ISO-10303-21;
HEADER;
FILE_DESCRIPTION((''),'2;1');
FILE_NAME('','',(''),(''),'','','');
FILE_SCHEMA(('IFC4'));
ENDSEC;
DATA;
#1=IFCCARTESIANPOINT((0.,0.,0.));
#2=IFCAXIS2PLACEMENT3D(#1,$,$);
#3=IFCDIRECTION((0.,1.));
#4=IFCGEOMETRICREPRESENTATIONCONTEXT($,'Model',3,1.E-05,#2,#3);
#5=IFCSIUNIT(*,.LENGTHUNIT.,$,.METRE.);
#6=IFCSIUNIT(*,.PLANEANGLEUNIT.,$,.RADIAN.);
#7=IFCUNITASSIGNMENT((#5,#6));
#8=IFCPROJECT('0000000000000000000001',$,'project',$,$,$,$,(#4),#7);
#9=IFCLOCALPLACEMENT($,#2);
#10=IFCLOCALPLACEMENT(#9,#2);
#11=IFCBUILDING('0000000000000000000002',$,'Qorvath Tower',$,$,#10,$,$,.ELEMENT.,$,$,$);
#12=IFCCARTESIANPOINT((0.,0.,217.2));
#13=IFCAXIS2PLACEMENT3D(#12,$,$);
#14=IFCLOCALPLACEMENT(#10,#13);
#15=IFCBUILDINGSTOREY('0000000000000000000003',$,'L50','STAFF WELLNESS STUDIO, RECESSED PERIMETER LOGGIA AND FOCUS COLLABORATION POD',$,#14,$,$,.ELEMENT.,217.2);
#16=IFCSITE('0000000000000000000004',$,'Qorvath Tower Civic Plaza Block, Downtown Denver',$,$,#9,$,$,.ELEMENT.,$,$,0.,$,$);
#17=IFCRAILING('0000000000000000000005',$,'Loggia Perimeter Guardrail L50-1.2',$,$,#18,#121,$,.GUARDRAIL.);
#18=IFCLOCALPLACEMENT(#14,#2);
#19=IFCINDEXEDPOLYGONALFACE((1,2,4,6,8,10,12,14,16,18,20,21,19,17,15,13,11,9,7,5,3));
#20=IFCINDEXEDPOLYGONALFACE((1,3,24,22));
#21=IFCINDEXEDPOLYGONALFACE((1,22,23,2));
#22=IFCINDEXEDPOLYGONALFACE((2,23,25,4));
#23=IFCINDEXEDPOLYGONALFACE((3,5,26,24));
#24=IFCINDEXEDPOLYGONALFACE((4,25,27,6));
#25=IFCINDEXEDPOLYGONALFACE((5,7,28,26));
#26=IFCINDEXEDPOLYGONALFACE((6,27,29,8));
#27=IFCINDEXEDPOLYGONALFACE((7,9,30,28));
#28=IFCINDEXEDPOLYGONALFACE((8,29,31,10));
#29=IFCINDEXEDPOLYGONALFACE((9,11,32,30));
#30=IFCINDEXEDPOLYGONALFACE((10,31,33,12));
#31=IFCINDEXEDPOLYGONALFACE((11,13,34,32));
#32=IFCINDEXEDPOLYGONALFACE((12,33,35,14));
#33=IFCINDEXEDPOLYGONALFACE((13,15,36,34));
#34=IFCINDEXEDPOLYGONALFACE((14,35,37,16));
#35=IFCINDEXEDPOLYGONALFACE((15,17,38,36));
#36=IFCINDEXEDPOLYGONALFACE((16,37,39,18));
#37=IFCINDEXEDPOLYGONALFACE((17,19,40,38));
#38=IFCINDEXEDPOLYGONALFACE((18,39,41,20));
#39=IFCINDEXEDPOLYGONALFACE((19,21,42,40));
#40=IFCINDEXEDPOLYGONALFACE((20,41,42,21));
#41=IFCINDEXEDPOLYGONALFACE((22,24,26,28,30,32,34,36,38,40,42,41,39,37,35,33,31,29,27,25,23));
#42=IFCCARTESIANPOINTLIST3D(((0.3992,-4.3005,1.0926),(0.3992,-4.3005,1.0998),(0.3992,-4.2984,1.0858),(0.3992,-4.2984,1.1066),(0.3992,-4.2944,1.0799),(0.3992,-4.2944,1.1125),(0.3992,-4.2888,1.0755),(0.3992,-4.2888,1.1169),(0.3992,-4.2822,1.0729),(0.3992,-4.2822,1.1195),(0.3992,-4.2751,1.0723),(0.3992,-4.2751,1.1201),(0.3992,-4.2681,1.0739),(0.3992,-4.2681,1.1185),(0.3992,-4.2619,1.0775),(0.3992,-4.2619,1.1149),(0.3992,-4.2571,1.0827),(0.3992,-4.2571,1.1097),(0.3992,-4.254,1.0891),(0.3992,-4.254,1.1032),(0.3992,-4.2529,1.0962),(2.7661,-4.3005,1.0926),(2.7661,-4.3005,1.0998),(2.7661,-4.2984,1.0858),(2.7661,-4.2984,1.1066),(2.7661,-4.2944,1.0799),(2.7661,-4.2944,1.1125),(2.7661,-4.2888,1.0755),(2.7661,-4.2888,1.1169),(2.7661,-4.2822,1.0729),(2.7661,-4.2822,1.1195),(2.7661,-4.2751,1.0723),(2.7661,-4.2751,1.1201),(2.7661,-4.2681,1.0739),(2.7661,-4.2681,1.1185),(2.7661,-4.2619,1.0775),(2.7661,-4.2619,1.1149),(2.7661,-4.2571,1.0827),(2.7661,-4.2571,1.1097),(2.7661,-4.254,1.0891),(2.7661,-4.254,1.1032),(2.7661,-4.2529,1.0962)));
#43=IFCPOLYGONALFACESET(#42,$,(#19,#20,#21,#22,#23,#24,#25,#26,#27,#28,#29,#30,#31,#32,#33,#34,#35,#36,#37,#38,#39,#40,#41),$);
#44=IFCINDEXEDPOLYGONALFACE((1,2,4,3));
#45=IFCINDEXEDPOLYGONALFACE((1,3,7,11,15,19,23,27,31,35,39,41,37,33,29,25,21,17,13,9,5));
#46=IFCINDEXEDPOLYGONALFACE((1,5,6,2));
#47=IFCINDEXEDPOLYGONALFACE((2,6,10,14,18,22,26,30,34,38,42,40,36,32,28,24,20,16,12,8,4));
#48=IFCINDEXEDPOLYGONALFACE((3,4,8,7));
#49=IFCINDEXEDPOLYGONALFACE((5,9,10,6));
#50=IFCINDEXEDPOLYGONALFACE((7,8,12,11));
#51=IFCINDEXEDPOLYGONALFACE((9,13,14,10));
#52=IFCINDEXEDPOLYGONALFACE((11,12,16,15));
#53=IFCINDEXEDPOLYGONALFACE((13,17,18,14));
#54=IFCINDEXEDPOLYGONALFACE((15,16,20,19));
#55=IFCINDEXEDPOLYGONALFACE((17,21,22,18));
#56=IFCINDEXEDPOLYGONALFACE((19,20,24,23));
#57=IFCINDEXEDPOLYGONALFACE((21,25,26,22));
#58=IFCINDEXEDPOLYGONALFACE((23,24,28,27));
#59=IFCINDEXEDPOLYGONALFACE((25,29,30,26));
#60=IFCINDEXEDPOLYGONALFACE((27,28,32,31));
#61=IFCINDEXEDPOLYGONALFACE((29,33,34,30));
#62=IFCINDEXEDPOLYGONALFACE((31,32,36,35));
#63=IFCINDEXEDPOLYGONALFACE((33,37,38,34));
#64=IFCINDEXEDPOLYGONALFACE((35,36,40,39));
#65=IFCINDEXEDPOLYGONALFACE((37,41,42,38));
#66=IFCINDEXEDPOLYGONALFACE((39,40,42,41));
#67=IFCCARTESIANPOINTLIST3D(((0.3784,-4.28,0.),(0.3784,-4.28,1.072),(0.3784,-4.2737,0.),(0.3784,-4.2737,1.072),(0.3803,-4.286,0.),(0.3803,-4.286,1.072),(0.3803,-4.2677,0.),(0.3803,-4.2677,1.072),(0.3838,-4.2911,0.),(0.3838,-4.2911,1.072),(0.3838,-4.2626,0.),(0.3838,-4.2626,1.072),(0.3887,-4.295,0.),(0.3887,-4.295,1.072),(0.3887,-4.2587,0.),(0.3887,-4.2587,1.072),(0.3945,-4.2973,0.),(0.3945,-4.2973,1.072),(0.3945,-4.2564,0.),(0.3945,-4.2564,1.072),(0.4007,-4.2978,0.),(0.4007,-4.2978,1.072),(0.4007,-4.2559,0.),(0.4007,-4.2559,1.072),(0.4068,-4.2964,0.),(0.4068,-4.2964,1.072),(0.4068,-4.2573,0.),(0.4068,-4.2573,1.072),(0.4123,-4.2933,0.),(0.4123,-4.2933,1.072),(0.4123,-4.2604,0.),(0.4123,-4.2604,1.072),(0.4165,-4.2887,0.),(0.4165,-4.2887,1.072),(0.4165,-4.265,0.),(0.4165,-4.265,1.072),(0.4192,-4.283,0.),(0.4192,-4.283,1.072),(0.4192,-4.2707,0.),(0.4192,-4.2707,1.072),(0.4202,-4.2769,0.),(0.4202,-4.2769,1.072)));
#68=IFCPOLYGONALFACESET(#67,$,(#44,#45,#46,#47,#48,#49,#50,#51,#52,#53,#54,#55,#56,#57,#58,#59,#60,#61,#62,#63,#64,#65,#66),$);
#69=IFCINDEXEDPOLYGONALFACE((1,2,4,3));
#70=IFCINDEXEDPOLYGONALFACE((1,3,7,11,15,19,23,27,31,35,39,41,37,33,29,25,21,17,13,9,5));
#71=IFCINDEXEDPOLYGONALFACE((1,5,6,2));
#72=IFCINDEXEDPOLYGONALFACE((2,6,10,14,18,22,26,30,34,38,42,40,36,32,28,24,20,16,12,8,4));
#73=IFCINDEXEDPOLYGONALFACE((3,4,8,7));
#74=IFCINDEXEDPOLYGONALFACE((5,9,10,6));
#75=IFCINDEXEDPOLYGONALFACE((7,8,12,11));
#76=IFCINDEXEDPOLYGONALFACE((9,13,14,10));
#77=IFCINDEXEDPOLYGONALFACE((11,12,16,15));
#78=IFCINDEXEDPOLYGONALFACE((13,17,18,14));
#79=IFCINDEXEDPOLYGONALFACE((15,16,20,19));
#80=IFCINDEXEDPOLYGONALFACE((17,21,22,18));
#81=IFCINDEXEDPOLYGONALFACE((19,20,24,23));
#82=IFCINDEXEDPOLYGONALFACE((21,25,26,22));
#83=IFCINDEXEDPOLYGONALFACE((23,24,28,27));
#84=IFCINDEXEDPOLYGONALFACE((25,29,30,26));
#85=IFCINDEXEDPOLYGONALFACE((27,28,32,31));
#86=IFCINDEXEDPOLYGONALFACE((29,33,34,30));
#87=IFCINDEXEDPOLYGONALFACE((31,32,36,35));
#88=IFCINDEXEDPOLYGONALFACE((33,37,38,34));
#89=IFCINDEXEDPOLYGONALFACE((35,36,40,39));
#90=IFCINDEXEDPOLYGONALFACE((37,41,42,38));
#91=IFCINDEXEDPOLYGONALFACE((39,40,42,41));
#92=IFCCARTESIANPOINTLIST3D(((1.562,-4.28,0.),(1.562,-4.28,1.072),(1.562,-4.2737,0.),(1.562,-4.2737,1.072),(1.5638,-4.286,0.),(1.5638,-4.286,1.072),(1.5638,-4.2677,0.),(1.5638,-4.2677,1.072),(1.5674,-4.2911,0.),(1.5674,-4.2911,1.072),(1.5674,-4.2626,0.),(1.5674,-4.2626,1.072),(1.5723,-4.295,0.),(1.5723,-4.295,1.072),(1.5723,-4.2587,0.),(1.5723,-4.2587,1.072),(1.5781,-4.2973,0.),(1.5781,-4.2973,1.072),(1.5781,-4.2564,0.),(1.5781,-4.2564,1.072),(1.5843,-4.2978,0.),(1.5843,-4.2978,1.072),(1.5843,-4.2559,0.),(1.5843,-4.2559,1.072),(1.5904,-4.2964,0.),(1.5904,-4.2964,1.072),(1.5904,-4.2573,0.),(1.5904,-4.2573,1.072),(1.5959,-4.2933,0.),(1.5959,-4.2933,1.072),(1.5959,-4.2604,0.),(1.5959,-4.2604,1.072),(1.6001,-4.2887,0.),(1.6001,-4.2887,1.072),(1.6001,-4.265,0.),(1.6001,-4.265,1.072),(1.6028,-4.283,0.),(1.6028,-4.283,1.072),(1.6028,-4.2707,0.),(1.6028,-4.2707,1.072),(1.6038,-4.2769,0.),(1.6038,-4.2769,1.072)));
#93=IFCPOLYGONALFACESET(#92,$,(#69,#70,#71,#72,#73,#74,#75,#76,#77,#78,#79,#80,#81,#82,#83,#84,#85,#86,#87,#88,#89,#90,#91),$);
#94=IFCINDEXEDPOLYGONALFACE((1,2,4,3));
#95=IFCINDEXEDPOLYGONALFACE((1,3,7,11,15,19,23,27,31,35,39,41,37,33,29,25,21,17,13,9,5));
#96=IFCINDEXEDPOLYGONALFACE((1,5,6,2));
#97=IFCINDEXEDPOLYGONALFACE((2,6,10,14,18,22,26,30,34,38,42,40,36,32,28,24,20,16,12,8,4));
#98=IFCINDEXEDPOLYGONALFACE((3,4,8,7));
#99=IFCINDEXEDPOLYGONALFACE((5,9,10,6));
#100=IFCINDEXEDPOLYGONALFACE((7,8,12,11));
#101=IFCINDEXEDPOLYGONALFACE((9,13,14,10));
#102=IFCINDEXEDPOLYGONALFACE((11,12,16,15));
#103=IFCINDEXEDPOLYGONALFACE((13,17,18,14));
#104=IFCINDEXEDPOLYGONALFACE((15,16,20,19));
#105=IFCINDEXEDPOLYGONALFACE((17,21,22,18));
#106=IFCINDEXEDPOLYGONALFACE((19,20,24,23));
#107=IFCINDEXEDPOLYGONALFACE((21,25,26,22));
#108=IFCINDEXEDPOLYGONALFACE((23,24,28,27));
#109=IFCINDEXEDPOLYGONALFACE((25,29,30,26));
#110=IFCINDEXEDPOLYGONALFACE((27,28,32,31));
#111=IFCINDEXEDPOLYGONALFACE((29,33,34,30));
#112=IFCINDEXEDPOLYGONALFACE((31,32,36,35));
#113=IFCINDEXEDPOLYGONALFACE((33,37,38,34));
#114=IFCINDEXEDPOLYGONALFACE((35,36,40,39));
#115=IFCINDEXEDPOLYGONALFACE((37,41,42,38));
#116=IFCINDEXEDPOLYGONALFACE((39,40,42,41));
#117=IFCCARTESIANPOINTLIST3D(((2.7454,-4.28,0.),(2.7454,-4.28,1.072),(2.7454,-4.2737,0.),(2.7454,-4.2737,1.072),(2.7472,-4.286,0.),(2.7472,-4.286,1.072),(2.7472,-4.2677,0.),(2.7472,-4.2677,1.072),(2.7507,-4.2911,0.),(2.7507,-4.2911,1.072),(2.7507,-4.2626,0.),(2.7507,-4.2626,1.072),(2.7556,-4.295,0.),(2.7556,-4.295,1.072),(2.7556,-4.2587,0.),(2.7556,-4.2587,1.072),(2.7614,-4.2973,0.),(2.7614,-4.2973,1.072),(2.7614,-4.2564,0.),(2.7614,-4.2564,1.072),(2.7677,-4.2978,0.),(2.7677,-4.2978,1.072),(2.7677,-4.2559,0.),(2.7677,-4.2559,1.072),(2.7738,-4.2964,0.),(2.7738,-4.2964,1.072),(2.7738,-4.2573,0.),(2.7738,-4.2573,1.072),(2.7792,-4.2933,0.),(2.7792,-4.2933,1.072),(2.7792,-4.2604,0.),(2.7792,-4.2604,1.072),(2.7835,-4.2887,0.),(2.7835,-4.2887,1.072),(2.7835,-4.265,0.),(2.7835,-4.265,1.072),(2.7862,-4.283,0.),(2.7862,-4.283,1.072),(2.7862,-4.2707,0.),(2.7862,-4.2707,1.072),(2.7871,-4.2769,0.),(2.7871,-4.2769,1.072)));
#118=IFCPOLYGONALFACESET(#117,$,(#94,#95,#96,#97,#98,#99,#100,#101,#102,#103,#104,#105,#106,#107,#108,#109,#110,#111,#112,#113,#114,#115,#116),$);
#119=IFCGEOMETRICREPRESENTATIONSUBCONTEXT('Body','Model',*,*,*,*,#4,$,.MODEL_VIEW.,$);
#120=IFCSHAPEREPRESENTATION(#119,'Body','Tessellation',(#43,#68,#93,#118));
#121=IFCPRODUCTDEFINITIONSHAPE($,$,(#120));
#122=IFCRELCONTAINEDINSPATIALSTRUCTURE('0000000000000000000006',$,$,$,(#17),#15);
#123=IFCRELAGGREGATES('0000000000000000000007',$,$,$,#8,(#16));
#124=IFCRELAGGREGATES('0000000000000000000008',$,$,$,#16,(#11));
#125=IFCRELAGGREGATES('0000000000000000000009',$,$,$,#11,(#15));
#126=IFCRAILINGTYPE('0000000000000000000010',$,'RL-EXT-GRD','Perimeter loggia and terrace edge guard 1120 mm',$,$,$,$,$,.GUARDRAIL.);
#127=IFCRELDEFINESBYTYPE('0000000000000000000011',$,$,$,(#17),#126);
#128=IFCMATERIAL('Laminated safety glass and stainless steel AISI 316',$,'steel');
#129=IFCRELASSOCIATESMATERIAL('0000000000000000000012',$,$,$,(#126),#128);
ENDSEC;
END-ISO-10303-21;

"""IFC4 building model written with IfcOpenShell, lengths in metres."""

from ifc_helpers import new_model, si_unit, direction, frame, origin, origin_2d, place, context, subcontext, project, spatial, circle, extrude, material, type_object, element, save


model = new_model("IFC4")

# Units and contexts
model_context = context("Model", 3, precision=1e-05, world=origin(), true_north=direction((0.0, 1.0)))
body_context = subcontext(model_context, "Body", "Model", "MODEL_VIEW")
ifc_project = project(units=[si_unit("LENGTHUNIT", "METRE"), si_unit("PLANEANGLEUNIT", "RADIAN")], contexts=[model_context])

# Site, building, storey
site_placement = place(None, origin())
site = spatial("IfcSite", under=ifc_project, at=site_placement, Name="Qorvath Tower Civic Plaza Block, Downtown Denver", CompositionType="ELEMENT", RefElevation=0.0)
building_placement = place(site_placement, origin())
building = spatial("IfcBuilding", under=site, at=building_placement, Name="Qorvath Tower", CompositionType="ELEMENT")
storey_placement = place(building_placement, frame((0.0, 0.0, 217.2)))
storey = spatial("IfcBuildingStorey", under=building, at=storey_placement, Name="L50", Description="STAFF WELLNESS STUDIO, RECESSED PERIMETER LOGGIA AND FOCUS COLLABORATION POD", CompositionType="ELEMENT", Elevation=217.2)

# Railing
ifc_material_1 = material(Name="Laminated safety glass and stainless steel AISI 316", Category="steel")
railing_type = type_object("IfcRailingType", Name="RL-EXT-GRD", Description="Perimeter loggia and terrace edge guard 1120 mm", PredefinedType="GUARDRAIL", material=ifc_material_1)
railing_1_placement = place(storey_placement, frame((0.3992, -4.2769, 0.0)))
element("IfcRailing", 1, at=railing_1_placement, inside=storey, type_object=railing_type, Name="Loggia Perimeter Guardrail L50-1.2", PredefinedType="GUARDRAIL", context=body_context, shape_type="SweptSolid", body=[
    extrude(circle(Radius=0.0239, at=origin_2d()), frame((0.0, 0.0, 1.0962), z_axis=(1.0, 0.0, 0.0), x_axis=(0.0, 1.0, 0.0)), (0.0, 0.0, 1.0), 2.3669),
    extrude(circle(Radius=0.021, at=origin_2d()), origin(), (0.0, 0.0, 1.0), 1.072),
    extrude(circle(Radius=0.021, at=origin_2d()), frame((1.1836, 0.0, 0.0)), (0.0, 0.0, 1.0), 1.072),
    extrude(circle(Radius=0.021, at=origin_2d()), frame((2.3669, 0.0, 0.0)), (0.0, 0.0, 1.0), 1.072),
])

save(model, "model.ifc")
